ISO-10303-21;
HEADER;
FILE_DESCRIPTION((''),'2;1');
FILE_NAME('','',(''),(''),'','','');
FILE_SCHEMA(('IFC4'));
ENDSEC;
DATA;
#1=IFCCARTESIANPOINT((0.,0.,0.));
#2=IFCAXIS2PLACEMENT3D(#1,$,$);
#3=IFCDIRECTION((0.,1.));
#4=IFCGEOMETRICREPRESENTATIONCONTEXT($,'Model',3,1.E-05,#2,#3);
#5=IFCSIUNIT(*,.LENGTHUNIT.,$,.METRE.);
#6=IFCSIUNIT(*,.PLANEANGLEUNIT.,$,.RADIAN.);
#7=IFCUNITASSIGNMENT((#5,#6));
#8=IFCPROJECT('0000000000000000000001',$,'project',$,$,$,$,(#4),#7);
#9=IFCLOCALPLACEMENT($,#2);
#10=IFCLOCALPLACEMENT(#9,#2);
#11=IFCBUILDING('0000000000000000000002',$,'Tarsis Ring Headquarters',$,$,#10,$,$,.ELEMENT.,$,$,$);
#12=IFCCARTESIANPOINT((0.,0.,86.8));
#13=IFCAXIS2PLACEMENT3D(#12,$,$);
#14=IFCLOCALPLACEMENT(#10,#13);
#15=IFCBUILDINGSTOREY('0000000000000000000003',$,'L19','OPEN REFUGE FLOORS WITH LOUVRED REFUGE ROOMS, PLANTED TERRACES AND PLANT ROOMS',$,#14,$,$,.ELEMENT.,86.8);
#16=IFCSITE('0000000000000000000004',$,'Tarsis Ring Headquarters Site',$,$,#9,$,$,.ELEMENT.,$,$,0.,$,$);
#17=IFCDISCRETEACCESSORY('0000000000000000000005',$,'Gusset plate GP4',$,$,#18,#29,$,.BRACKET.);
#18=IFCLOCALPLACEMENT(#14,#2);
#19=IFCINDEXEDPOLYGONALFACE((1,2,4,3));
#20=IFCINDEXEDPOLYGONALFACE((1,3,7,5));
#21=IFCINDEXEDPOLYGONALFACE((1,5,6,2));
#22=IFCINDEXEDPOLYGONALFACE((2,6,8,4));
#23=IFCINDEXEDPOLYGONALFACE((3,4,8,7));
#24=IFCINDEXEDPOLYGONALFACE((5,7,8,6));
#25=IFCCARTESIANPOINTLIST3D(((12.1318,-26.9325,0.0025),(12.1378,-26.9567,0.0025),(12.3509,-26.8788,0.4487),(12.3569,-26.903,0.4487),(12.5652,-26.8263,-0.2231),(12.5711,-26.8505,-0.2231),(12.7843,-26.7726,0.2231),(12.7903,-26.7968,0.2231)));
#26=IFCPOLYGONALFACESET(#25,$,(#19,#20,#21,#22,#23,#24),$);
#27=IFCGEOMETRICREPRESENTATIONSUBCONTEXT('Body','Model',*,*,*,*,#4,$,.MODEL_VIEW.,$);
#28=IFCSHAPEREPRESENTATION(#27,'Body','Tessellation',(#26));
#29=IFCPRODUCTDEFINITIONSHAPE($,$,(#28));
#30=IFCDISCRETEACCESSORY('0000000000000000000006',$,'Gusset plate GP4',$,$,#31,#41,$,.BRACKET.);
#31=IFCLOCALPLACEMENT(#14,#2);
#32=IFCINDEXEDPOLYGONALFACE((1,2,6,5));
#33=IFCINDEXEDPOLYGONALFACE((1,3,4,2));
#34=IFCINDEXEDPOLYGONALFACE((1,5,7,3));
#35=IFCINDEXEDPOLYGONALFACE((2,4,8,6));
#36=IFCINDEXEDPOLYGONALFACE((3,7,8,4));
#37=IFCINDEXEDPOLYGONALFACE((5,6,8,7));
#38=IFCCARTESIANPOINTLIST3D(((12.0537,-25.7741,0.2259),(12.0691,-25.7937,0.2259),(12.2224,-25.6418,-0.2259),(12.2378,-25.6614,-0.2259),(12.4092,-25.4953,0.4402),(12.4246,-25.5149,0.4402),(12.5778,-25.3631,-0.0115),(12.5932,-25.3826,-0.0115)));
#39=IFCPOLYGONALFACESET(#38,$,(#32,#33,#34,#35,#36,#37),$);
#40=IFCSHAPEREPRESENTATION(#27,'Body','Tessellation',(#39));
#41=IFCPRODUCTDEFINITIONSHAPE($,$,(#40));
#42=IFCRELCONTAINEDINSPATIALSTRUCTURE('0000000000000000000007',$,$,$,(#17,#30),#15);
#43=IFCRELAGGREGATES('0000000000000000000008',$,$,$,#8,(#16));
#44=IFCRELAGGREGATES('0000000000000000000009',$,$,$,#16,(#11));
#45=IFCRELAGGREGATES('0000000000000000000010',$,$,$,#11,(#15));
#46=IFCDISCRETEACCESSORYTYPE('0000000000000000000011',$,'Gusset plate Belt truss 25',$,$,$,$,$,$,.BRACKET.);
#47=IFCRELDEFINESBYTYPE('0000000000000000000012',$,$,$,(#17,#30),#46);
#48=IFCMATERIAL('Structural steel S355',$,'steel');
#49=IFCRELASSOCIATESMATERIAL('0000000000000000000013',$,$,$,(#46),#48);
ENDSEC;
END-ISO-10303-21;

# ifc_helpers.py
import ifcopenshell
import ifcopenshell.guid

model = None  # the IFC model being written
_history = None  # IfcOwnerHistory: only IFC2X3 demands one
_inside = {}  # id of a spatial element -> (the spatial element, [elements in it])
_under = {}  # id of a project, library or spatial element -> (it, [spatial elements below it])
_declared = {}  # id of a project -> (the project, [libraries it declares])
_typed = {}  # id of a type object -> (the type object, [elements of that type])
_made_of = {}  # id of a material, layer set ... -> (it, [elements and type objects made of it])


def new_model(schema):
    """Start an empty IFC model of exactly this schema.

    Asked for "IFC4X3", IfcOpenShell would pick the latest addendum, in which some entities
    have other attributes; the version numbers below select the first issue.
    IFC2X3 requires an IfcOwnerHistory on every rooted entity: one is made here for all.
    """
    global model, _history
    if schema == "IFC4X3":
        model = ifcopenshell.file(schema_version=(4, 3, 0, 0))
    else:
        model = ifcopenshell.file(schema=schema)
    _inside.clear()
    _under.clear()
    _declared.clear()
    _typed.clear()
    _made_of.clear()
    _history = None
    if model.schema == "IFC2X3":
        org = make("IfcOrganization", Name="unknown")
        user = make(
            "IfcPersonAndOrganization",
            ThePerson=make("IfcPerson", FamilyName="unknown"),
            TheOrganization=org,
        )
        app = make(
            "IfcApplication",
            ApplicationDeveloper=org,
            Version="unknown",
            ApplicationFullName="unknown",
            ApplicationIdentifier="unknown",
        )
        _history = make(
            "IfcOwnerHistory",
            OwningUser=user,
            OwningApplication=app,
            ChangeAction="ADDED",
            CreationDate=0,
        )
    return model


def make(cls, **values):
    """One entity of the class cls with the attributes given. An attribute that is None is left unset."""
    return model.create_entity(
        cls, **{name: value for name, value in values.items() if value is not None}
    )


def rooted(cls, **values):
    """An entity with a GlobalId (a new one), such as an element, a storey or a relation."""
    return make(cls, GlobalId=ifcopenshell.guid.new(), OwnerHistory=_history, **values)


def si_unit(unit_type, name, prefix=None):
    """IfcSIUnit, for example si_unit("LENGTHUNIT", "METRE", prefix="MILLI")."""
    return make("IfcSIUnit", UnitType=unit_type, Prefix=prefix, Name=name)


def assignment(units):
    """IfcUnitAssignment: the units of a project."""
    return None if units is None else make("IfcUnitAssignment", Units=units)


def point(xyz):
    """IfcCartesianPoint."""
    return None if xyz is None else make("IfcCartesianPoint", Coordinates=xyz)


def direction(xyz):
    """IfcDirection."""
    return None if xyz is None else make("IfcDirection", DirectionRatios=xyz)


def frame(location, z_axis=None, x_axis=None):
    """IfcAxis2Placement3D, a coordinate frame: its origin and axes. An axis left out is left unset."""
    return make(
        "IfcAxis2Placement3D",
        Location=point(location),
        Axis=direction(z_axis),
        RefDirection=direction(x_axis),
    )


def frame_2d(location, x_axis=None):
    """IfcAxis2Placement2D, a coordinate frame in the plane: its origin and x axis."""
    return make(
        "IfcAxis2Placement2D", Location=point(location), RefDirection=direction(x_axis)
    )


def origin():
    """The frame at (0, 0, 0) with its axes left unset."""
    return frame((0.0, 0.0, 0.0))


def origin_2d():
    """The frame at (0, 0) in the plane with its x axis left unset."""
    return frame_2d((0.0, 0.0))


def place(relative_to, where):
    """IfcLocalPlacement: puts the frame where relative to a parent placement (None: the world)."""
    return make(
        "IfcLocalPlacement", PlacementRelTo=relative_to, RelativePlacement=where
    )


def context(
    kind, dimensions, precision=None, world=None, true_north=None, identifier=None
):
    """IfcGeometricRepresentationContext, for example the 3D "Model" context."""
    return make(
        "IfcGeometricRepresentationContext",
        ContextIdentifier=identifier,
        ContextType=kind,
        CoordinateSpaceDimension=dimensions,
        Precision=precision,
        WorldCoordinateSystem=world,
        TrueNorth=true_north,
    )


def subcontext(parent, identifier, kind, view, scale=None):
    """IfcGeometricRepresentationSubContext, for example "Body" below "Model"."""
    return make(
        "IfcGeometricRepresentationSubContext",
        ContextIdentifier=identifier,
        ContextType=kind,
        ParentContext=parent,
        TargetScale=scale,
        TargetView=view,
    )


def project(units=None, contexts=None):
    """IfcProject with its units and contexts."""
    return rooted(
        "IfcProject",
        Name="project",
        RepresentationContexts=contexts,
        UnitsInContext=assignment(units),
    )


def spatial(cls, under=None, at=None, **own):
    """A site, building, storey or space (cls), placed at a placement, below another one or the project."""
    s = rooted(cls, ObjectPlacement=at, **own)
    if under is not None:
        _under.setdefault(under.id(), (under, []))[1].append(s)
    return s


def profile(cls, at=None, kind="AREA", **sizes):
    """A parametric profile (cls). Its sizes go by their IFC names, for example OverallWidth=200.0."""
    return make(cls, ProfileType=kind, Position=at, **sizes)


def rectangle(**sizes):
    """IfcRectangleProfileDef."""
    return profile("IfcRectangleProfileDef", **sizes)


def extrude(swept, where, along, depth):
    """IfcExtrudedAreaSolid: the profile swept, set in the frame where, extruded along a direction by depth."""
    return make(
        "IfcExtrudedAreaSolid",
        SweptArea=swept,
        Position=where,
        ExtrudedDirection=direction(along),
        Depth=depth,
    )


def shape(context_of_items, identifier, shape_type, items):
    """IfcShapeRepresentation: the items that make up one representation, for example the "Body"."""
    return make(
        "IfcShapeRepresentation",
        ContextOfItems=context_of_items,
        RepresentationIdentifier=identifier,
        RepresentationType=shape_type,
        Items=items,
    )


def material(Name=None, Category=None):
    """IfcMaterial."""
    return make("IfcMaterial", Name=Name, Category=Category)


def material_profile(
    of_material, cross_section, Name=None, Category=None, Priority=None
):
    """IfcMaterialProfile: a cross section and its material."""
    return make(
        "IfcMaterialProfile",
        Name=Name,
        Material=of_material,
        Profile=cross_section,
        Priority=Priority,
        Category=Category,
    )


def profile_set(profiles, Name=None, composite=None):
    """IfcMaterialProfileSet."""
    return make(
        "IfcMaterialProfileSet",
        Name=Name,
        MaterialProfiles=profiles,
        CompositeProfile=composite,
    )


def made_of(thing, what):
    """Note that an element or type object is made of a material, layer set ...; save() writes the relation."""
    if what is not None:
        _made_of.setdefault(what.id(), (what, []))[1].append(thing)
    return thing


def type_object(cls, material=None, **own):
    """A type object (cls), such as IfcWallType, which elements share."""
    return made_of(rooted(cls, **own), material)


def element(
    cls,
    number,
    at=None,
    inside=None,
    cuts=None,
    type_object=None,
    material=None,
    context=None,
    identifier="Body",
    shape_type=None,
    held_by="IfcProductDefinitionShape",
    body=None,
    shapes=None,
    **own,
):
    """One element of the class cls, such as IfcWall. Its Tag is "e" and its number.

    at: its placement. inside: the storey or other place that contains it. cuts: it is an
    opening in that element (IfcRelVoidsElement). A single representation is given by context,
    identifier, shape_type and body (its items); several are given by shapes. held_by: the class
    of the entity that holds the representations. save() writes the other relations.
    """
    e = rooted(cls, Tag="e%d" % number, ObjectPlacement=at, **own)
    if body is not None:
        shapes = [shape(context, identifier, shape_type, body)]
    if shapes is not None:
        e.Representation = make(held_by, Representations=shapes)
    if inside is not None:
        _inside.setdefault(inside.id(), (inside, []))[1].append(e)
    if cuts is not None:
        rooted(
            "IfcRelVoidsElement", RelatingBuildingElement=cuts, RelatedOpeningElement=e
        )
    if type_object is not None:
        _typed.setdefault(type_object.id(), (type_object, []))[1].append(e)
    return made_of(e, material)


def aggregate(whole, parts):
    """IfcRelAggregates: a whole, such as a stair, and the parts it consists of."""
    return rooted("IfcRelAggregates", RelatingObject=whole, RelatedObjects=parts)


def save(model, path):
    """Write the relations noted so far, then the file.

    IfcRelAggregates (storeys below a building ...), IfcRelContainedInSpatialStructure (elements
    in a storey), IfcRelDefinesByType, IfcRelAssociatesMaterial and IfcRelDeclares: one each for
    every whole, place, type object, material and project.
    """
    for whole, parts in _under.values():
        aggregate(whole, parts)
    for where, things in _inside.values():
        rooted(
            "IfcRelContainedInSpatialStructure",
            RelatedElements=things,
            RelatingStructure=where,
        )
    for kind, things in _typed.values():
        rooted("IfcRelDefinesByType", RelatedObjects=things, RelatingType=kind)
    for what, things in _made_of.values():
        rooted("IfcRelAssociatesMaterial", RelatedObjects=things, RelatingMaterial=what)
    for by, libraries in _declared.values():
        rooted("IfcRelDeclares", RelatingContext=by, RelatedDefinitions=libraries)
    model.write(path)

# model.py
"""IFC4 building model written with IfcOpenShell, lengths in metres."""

from ifc_helpers import new_model, si_unit, direction, frame, origin, origin_2d, place, context, subcontext, project, spatial, rectangle, extrude, material, material_profile, profile_set, type_object, element, save


model = new_model("IFC4")

# Units and contexts
model_context = context("Model", 3, precision=1e-05, world=origin(), true_north=direction((0.0, 1.0)))
body_context = subcontext(model_context, "Body", "Model", "MODEL_VIEW")
ifc_project = project(units=[si_unit("LENGTHUNIT", "METRE"), si_unit("PLANEANGLEUNIT", "RADIAN")], contexts=[model_context])

# Site, building, storey
site_placement = place(None, origin())
site = spatial("IfcSite", under=ifc_project, at=site_placement, Name="Tarsis Ring Headquarters Site", CompositionType="ELEMENT", RefElevation=0.0)
building_placement = place(site_placement, origin())
building = spatial("IfcBuilding", under=site, at=building_placement, Name="Tarsis Ring Headquarters", CompositionType="ELEMENT")
storey_placement = place(building_placement, frame((0.0, 0.0, 86.8)))
storey = spatial("IfcBuildingStorey", under=building, at=storey_placement, Name="L19", Description="OPEN REFUGE FLOORS WITH LOUVRED REFUGE ROOMS, PLANTED TERRACES AND PLANT ROOMS", CompositionType="ELEMENT", Elevation=86.8)

# Shared definitions
ifc_material_1 = material(Name="Structural steel S355", Category="steel")

# Discrete accessories
ifc_material_profile_1 = material_profile(ifc_material_1, rectangle(XDim=0.0249, YDim=0.5, at=origin_2d()), Name="PL 25x500")
ifc_profile_set_1 = profile_set([ifc_material_profile_1], Name="Structural steel S355")
discrete_accessory_type = type_object("IfcDiscreteAccessoryType", Name="Gusset plate Belt truss 25", PredefinedType="BRACKET", material=ifc_profile_set_1)
for number, where, z_axis, x_axis, name in (
    (1, (12.6777, -26.8115, 0.0), (-0.866769, -0.21242, 0.451208), (0.238027, -0.971259, 0.0), "Gusset plate GP4"),
    (2, (12.1458, -25.7178, 0.0), (0.71088, 0.557572, 0.428676), (-0.617153, 0.786843, 0.0), "Gusset plate GP4"),
):
    element("IfcDiscreteAccessory", number, at=place(storey_placement, frame(where, z_axis=z_axis, x_axis=x_axis)), inside=storey, type_object=discrete_accessory_type, Name=name, PredefinedType="BRACKET", context=body_context, shape_type="SweptSolid", body=[
        extrude(rectangle(XDim=0.0249, YDim=0.5, at=origin_2d()), origin(), (0.0, 0.0, 1.0), 0.5),
    ])

save(model, "model.ifc")
